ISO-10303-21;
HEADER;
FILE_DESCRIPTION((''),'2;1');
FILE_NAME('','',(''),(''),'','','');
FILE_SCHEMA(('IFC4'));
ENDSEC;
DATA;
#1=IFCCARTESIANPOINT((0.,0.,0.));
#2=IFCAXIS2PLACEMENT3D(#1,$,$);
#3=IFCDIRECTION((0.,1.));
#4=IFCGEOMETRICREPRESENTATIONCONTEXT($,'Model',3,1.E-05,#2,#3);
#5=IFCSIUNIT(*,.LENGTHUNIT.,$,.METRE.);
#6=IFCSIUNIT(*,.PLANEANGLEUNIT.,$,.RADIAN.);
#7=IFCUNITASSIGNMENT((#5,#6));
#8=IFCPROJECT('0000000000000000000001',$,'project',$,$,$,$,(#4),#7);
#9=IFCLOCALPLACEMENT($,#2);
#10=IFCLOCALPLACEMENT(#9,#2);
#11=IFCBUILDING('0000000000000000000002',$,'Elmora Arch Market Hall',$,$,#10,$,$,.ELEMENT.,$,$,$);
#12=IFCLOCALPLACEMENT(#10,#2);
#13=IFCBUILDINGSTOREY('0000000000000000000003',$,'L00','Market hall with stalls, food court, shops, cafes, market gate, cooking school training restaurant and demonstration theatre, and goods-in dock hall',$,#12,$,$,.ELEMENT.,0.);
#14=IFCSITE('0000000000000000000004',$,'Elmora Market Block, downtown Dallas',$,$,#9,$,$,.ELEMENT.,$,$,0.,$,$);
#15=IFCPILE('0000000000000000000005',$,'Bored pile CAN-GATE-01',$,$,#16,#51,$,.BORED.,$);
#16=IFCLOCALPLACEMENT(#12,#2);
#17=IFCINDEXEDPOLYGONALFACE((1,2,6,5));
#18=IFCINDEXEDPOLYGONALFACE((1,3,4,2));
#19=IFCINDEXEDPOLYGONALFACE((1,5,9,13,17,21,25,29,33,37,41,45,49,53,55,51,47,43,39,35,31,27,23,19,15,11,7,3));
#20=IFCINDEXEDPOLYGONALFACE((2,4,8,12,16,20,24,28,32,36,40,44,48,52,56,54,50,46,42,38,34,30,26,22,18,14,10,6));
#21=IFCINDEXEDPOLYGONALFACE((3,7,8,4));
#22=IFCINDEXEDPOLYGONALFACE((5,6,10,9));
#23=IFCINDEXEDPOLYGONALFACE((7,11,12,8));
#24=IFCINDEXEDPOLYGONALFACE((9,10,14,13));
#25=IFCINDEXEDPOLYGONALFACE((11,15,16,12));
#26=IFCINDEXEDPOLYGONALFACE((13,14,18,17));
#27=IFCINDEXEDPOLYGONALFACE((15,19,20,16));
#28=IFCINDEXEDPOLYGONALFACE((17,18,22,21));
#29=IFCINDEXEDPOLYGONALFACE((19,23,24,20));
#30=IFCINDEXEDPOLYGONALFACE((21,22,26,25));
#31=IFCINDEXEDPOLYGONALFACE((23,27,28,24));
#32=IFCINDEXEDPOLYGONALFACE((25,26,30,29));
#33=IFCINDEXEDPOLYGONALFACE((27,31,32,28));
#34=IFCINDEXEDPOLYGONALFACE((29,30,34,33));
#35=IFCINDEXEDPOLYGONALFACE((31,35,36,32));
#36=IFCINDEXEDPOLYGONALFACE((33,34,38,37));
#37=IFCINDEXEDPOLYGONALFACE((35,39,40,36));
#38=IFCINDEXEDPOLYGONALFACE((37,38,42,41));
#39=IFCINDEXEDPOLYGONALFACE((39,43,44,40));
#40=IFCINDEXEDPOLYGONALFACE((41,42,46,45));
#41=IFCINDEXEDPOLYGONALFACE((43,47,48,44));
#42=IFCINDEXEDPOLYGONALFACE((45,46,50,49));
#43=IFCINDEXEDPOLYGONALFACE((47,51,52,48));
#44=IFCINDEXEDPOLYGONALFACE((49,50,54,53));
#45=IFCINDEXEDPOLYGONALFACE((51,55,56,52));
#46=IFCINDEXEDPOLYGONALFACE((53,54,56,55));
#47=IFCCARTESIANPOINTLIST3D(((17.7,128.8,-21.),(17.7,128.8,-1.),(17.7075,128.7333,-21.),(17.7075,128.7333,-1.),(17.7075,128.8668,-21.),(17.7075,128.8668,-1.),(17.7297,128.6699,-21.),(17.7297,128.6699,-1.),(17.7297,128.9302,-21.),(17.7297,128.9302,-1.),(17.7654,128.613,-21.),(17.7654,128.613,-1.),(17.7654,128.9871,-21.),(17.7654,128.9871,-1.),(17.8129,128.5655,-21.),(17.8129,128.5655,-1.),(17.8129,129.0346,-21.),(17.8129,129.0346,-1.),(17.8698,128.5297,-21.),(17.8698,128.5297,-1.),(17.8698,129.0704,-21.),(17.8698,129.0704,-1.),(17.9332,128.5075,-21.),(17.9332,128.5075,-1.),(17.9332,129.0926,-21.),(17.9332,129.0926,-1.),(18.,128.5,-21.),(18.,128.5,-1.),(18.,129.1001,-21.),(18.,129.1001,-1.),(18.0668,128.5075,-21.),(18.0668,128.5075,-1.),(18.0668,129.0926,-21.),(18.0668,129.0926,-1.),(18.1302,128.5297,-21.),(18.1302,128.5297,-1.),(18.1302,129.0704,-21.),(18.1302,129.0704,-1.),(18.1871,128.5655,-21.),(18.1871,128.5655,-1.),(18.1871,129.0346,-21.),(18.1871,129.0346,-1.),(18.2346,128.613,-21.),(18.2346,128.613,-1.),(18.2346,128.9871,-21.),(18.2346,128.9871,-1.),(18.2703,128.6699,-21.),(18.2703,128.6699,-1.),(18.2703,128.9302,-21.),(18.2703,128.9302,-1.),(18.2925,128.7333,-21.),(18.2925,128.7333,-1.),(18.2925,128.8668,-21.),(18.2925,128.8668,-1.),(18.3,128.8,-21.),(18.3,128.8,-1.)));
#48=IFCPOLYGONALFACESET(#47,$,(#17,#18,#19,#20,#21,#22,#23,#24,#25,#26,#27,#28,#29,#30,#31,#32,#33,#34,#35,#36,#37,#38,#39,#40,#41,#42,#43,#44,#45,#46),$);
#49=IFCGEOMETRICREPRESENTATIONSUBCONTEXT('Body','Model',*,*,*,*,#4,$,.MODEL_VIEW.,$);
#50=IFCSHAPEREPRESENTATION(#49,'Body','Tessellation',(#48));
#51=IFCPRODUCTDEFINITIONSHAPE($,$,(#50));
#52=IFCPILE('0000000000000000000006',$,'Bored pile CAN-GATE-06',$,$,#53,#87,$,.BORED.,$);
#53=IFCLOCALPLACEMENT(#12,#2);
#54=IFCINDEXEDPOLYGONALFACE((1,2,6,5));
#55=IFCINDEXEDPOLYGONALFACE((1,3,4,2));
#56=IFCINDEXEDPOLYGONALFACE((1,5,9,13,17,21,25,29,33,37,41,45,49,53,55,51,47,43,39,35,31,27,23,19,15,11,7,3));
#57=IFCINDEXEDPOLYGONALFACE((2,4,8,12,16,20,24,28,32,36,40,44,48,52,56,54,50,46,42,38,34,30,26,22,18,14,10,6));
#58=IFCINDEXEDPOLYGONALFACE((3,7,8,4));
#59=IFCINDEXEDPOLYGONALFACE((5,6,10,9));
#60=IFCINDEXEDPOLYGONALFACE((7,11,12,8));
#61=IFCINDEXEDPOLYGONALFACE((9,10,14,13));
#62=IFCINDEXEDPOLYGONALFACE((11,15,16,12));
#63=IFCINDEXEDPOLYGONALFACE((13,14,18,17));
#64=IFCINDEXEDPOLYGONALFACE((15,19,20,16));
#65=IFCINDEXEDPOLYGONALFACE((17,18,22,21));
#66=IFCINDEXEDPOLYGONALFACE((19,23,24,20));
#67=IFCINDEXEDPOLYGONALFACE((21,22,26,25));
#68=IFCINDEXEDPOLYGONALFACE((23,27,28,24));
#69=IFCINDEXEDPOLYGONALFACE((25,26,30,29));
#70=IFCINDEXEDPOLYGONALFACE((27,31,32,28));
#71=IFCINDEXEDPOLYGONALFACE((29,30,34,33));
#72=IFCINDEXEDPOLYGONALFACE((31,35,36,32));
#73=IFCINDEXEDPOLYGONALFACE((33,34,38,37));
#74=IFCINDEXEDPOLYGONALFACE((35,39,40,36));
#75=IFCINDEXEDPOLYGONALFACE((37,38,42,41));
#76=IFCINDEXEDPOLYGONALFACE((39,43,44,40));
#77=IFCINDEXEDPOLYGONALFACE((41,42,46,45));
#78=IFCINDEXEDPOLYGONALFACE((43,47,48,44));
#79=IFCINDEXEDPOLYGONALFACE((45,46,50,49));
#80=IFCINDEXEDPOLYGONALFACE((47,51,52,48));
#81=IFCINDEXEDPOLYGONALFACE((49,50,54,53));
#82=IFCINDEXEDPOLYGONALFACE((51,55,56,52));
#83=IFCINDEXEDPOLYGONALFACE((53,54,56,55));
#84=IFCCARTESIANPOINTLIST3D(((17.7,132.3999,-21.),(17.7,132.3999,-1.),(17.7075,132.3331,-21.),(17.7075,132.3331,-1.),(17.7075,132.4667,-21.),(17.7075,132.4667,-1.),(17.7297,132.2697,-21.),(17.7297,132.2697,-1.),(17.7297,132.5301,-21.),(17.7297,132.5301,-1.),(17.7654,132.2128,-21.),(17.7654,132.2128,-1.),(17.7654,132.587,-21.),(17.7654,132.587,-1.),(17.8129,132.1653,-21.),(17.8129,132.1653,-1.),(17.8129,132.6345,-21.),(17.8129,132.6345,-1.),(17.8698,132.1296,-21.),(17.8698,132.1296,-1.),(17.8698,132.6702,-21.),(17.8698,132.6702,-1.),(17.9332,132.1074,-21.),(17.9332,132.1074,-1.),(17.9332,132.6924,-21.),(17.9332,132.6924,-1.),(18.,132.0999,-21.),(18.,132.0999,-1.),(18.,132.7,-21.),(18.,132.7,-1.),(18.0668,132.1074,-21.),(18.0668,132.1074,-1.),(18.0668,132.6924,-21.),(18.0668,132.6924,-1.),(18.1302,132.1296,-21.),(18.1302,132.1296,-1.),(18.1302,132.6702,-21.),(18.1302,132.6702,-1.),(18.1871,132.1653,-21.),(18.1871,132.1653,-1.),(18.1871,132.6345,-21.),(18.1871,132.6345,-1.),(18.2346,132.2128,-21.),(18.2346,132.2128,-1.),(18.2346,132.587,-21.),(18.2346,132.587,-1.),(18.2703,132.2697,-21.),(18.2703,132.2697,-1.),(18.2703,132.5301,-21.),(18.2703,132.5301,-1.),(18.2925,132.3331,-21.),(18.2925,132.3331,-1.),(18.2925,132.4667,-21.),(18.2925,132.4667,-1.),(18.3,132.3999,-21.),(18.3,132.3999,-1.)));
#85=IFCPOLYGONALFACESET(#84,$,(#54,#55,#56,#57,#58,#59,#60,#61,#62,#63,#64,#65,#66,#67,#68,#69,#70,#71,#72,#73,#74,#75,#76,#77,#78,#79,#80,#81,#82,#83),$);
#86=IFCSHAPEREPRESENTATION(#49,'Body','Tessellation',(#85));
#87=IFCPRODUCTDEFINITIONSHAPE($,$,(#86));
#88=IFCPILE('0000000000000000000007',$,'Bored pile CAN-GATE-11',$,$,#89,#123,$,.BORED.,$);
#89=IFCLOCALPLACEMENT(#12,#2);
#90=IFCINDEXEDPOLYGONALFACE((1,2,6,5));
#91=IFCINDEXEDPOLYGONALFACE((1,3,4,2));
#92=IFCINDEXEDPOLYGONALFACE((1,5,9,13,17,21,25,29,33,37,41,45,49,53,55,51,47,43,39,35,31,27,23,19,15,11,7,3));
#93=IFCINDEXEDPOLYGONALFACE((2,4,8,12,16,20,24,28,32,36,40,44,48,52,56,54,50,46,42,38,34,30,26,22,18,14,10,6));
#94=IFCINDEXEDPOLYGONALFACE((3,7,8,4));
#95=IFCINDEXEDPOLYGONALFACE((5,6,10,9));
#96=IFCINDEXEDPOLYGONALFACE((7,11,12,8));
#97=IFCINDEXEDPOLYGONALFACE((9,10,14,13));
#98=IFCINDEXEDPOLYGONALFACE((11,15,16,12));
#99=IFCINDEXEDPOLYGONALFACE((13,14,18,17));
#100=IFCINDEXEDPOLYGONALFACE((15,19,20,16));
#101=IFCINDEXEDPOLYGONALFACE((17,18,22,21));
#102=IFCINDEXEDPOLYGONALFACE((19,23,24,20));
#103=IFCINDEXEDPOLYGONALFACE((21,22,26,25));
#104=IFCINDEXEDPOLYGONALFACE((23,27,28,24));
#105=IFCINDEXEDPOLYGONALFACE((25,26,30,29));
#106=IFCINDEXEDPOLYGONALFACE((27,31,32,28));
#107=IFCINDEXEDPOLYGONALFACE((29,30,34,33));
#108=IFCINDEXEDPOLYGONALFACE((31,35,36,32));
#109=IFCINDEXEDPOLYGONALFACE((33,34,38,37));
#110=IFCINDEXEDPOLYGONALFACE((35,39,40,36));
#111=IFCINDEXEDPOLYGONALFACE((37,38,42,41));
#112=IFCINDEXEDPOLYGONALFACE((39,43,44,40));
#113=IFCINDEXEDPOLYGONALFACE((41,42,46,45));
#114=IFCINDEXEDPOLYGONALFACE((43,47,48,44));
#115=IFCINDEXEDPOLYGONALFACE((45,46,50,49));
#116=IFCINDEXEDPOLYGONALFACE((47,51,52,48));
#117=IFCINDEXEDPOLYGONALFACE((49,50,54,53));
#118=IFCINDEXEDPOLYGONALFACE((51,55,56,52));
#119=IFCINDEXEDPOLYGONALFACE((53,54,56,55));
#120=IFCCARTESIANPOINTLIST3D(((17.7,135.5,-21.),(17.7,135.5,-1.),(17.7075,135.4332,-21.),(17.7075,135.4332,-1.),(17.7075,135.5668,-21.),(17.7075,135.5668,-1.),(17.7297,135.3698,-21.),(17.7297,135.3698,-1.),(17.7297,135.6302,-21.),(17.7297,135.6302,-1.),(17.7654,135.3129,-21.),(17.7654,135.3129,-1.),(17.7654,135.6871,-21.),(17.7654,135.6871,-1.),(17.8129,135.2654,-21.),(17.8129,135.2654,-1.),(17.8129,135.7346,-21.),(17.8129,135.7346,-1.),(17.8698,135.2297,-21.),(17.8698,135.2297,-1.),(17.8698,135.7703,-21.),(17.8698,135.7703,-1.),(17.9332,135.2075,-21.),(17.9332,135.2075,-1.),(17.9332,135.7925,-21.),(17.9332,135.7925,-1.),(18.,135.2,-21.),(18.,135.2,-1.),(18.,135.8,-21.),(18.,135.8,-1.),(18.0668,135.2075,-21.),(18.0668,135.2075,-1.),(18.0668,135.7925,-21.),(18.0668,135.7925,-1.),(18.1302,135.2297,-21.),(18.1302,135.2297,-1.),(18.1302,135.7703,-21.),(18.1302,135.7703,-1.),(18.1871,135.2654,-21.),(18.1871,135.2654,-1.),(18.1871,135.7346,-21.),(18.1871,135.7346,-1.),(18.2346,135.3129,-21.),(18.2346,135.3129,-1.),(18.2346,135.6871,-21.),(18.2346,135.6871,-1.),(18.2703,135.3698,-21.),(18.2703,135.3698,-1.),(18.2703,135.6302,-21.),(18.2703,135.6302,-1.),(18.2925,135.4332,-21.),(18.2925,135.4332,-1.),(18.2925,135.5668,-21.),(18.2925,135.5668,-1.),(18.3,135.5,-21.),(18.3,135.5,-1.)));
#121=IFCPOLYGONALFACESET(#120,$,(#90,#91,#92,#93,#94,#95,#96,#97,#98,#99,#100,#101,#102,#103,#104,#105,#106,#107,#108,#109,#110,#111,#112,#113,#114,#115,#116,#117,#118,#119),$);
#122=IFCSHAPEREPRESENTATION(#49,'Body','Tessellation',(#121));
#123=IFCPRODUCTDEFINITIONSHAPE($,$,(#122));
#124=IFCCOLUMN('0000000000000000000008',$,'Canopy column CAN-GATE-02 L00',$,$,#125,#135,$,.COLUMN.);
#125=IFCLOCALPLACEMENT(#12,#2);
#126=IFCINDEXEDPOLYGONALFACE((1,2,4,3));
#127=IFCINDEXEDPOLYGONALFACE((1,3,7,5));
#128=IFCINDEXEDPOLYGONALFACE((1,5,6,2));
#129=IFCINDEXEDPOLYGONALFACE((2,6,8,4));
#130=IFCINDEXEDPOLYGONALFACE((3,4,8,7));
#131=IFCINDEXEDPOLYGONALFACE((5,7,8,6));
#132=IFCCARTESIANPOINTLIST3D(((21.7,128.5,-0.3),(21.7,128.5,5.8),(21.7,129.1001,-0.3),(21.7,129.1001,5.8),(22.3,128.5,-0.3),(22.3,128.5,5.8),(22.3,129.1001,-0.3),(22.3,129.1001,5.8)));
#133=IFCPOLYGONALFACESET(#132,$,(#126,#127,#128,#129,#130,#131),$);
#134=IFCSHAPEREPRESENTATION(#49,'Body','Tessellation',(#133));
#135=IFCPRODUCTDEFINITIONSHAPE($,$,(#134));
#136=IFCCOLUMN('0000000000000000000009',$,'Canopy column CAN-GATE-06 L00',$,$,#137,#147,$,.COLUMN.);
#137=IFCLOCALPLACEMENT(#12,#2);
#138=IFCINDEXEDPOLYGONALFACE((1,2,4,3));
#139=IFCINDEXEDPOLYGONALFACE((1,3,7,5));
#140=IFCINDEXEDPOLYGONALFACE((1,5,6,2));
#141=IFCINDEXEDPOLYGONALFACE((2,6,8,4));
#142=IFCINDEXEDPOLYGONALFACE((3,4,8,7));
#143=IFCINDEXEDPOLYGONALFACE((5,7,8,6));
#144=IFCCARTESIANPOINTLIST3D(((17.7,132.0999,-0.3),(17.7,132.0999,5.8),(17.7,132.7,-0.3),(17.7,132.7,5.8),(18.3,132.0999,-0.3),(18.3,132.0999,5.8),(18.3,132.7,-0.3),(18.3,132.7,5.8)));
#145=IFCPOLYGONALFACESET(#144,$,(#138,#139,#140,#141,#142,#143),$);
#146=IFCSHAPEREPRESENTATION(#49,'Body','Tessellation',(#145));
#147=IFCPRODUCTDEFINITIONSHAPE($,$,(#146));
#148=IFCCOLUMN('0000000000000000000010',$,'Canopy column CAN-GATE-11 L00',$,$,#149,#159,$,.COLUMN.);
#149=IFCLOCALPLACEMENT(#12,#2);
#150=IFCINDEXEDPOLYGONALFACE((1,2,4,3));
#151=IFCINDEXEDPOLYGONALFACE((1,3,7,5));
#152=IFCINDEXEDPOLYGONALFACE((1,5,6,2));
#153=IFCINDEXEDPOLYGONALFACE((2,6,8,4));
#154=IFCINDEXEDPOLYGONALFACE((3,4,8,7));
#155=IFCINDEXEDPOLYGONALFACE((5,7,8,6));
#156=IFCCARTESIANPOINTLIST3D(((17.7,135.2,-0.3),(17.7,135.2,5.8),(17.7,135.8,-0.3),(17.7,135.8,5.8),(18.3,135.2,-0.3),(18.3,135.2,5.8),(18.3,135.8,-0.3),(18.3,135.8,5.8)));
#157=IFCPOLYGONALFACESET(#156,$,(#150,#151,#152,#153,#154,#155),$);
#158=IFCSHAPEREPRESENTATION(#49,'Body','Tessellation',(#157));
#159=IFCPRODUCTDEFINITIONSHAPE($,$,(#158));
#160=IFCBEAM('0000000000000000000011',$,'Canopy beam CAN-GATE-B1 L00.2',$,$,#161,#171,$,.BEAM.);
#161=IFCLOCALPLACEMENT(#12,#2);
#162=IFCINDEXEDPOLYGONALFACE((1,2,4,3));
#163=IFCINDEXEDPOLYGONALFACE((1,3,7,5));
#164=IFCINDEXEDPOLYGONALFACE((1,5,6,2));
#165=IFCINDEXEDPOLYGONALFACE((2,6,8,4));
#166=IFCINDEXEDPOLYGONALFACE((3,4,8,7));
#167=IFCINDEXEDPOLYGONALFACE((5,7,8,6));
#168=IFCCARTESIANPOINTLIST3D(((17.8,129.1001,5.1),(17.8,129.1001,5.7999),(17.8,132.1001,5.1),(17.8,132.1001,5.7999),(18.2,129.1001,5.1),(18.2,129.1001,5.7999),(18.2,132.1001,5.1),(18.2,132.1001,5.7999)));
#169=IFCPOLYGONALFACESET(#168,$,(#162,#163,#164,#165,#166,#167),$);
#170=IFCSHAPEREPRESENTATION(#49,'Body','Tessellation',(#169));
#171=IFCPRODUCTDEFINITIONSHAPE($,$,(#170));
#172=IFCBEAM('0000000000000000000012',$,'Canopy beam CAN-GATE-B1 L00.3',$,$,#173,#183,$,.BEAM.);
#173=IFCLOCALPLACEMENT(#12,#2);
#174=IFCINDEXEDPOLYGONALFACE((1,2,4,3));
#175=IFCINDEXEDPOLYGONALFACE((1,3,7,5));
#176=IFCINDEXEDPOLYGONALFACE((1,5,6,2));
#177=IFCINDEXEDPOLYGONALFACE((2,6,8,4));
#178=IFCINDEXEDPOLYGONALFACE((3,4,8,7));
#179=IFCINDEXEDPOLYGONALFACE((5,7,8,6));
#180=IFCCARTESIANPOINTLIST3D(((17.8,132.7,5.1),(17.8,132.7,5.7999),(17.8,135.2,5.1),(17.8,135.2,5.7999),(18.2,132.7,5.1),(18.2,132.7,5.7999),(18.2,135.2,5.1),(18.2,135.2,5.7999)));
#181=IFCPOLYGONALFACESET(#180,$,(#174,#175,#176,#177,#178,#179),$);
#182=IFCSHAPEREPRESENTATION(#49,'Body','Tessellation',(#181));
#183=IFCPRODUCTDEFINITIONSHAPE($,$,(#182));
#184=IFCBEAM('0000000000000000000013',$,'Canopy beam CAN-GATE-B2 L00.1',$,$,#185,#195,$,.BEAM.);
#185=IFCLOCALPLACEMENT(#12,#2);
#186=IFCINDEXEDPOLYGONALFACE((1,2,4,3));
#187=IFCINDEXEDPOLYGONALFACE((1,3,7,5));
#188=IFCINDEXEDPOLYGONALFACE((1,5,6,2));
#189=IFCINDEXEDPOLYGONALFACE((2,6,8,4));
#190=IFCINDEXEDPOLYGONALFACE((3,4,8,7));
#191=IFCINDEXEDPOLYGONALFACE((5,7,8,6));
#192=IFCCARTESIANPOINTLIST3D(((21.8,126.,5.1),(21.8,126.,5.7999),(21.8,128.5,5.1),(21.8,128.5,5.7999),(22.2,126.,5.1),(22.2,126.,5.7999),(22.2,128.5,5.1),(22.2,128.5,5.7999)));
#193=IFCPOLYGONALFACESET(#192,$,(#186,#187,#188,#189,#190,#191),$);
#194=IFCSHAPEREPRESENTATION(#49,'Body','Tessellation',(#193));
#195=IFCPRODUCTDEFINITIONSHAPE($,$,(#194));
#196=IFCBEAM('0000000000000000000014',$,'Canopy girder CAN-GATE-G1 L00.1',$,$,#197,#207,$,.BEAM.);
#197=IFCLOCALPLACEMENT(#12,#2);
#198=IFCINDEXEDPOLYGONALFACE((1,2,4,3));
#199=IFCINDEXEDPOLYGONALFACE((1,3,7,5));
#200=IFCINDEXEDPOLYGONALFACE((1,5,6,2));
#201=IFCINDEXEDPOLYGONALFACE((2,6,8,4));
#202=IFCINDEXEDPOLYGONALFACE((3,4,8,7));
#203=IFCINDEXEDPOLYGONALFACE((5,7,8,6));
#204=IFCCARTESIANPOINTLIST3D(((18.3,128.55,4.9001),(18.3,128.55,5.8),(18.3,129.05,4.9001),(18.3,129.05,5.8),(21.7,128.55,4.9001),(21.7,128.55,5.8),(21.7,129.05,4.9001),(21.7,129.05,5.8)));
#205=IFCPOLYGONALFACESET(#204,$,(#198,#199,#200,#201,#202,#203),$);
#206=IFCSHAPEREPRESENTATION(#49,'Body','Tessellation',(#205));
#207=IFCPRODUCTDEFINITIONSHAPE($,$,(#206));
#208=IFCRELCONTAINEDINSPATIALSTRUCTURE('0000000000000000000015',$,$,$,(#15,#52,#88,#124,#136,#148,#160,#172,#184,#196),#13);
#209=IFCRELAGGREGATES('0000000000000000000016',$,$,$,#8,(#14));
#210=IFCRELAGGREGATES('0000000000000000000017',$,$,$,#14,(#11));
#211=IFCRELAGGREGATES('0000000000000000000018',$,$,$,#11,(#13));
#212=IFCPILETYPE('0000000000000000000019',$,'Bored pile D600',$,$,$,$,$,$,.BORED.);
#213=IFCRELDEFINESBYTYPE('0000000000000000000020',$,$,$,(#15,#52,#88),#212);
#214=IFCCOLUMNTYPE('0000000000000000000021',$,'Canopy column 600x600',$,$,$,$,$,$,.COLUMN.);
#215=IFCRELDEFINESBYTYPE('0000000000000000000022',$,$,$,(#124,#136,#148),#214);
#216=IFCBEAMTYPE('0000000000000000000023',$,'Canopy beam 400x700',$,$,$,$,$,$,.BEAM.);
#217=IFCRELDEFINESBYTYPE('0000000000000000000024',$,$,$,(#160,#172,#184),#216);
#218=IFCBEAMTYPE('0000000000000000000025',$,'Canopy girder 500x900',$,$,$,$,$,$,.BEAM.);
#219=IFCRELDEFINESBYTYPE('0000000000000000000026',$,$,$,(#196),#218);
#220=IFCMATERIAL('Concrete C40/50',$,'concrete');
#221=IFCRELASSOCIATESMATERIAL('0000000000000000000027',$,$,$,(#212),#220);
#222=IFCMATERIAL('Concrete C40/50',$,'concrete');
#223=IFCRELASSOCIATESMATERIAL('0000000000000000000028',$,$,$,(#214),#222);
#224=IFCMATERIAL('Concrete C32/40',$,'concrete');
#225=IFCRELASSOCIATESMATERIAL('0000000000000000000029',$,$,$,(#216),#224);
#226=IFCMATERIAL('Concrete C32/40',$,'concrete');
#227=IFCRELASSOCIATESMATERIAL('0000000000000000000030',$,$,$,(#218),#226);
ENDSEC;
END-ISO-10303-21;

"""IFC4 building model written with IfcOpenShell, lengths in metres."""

from ifc_helpers import new_model, si_unit, direction, frame, origin, origin_2d, place, context, subcontext, project, spatial, rectangle, circle, extrude, material, material_profile, profile_set, type_object, element, save


model = new_model("IFC4")

# Units and contexts
model_context = context("Model", 3, precision=1e-05, world=origin(), true_north=direction((0.0, 1.0)))
body_context = subcontext(model_context, "Body", "Model", "MODEL_VIEW")
ifc_project = project(units=[si_unit("LENGTHUNIT", "METRE"), si_unit("PLANEANGLEUNIT", "RADIAN")], contexts=[model_context])

# Site, building, storey
site_placement = place(None, origin())
site = spatial("IfcSite", under=ifc_project, at=site_placement, Name="Elmora Market Block, downtown Dallas", CompositionType="ELEMENT", RefElevation=0.0)
building_placement = place(site_placement, origin())
building = spatial("IfcBuilding", under=site, at=building_placement, Name="Elmora Arch Market Hall", CompositionType="ELEMENT")
storey_placement = place(building_placement, origin())
storey = spatial("IfcBuildingStorey", under=building, at=storey_placement, Name="L00", Description="Market hall with stalls, food court, shops, cafes, market gate, cooking school training restaurant and demonstration theatre, and goods-in dock hall", CompositionType="ELEMENT", Elevation=0.0)

# Piles
ifc_material_1 = material(Name="Concrete C40/50", Category="concrete")
ifc_material_profile_1 = material_profile(ifc_material_1, circle(Radius=0.3, at=origin_2d()), Name="Bored pile D600")
ifc_profile_set_1 = profile_set([ifc_material_profile_1], Name="Concrete C40/50")
pile_type = type_object("IfcPileType", Name="Bored pile D600", PredefinedType="BORED", material=ifc_profile_set_1)
for number, where, z_axis, x_axis, name in (
    (1, (18.0, 128.8, -1.0), (0.0, 0.0, -1.0), (1.0, 0.0, 0.0), "Bored pile CAN-GATE-01"),
    (2, (18.0, 132.3999, -1.0), (0.0, 0.0, -1.0), (1.0, 0.0, 0.0), "Bored pile CAN-GATE-06"),
    (3, (18.0, 135.5, -1.0), (0.0, 0.0, -1.0), (1.0, 0.0, 0.0), "Bored pile CAN-GATE-11"),
):
    element("IfcPile", number, at=place(storey_placement, frame(where, z_axis=z_axis, x_axis=x_axis)), inside=storey, type_object=pile_type, Name=name, PredefinedType="BORED", context=body_context, shape_type="SweptSolid", body=[
        extrude(circle(Radius=0.3, at=origin_2d()), origin(), (0.0, 0.0, 1.0), 20.0),
    ])

# Columns
ifc_material_2 = material(Name="Concrete C40/50", Category="concrete")
ifc_material_profile_2 = material_profile(ifc_material_2, rectangle(XDim=0.6001, YDim=0.6001, at=origin_2d()), Name="Canopy column 600x600")
ifc_profile_set_2 = profile_set([ifc_material_profile_2], Name="Concrete C40/50")
column_type = type_object("IfcColumnType", Name="Canopy column 600x600", PredefinedType="COLUMN", material=ifc_profile_set_2)
for number, where, z_axis, x_axis, name in (
    (4, (22.0, 128.8, -0.3), (0.0, 0.0, 1.0), (1.0, 0.0, 0.0), "Canopy column CAN-GATE-02 L00"),
    (5, (18.0, 132.3999, -0.3), (0.0, 0.0, 1.0), (1.0, 0.0, 0.0), "Canopy column CAN-GATE-06 L00"),
    (6, (18.0, 135.5, -0.3), (0.0, 0.0, 1.0), (1.0, 0.0, 0.0), "Canopy column CAN-GATE-11 L00"),
):
    element("IfcColumn", number, at=place(storey_placement, frame(where, z_axis=z_axis, x_axis=x_axis)), inside=storey, type_object=column_type, Name=name, PredefinedType="COLUMN", context=body_context, shape_type="SweptSolid", body=[
        extrude(rectangle(XDim=0.6001, YDim=0.6001, at=origin_2d()), origin(), (0.0, 0.0, 1.0), 6.1001),
    ])

# Beams
ifc_material_3 = material(Name="Concrete C32/40", Category="concrete")
ifc_material_profile_3 = material_profile(ifc_material_3, rectangle(XDim=0.3999, YDim=0.7, at=origin_2d()), Name="Canopy beam 400x700")
ifc_profile_set_3 = profile_set([ifc_material_profile_3], Name="Concrete C32/40")
beam_type_1 = type_object("IfcBeamType", Name="Canopy beam 400x700", PredefinedType="BEAM", material=ifc_profile_set_3)
beam_1_placement = place(storey_placement, frame((18.0, 129.1001, 5.45), z_axis=(0.0, 1.0, 0.0), x_axis=(-1.0, 0.0, 0.0)))
element("IfcBeam", 7, at=beam_1_placement, inside=storey, type_object=beam_type_1, Name="Canopy beam CAN-GATE-B1 L00.2", PredefinedType="BEAM", context=body_context, shape_type="SweptSolid", body=[
    extrude(rectangle(XDim=0.3999, YDim=0.7, at=origin_2d()), origin(), (0.0, 0.0, 1.0), 3.0),
])
for number, where, z_axis, x_axis, name in (
    (8, (18.0, 132.7, 5.45), (0.0, 1.0, 0.0), (-1.0, 0.0, 0.0), "Canopy beam CAN-GATE-B1 L00.3"),
    (9, (22.0, 126.0, 5.45), (0.0, 1.0, 0.0), (-1.0, 0.0, 0.0), "Canopy beam CAN-GATE-B2 L00.1"),
):
    element("IfcBeam", number, at=place(storey_placement, frame(where, z_axis=z_axis, x_axis=x_axis)), inside=storey, type_object=beam_type_1, Name=name, PredefinedType="BEAM", context=body_context, shape_type="SweptSolid", body=[
        extrude(rectangle(XDim=0.3999, YDim=0.7, at=origin_2d()), origin(), (0.0, 0.0, 1.0), 2.5),
    ])
ifc_material_4 = material(Name="Concrete C32/40", Category="concrete")
ifc_material_profile_4 = material_profile(ifc_material_4, rectangle(XDim=0.5, YDim=0.8999, at=origin_2d()), Name="Canopy girder 500x900")
ifc_profile_set_4 = profile_set([ifc_material_profile_4], Name="Concrete C32/40")
beam_type_2 = type_object("IfcBeamType", Name="Canopy girder 500x900", PredefinedType="BEAM", material=ifc_profile_set_4)
for number, where, z_axis, x_axis, name in (
    (10, (18.3, 128.8, 5.3501), (1.0, 0.0, 0.0), (0.0, 1.0, 0.0), "Canopy girder CAN-GATE-G1 L00.1"),
):
    element("IfcBeam", number, at=place(storey_placement, frame(where, z_axis=z_axis, x_axis=x_axis)), inside=storey, type_object=beam_type_2, Name=name, PredefinedType="BEAM", context=body_context, shape_type="SweptSolid", body=[
        extrude(rectangle(XDim=0.5, YDim=0.8999, at=origin_2d()), origin(), (0.0, 0.0, 1.0), 3.3999),
    ])

save(model, "model.ifc")
